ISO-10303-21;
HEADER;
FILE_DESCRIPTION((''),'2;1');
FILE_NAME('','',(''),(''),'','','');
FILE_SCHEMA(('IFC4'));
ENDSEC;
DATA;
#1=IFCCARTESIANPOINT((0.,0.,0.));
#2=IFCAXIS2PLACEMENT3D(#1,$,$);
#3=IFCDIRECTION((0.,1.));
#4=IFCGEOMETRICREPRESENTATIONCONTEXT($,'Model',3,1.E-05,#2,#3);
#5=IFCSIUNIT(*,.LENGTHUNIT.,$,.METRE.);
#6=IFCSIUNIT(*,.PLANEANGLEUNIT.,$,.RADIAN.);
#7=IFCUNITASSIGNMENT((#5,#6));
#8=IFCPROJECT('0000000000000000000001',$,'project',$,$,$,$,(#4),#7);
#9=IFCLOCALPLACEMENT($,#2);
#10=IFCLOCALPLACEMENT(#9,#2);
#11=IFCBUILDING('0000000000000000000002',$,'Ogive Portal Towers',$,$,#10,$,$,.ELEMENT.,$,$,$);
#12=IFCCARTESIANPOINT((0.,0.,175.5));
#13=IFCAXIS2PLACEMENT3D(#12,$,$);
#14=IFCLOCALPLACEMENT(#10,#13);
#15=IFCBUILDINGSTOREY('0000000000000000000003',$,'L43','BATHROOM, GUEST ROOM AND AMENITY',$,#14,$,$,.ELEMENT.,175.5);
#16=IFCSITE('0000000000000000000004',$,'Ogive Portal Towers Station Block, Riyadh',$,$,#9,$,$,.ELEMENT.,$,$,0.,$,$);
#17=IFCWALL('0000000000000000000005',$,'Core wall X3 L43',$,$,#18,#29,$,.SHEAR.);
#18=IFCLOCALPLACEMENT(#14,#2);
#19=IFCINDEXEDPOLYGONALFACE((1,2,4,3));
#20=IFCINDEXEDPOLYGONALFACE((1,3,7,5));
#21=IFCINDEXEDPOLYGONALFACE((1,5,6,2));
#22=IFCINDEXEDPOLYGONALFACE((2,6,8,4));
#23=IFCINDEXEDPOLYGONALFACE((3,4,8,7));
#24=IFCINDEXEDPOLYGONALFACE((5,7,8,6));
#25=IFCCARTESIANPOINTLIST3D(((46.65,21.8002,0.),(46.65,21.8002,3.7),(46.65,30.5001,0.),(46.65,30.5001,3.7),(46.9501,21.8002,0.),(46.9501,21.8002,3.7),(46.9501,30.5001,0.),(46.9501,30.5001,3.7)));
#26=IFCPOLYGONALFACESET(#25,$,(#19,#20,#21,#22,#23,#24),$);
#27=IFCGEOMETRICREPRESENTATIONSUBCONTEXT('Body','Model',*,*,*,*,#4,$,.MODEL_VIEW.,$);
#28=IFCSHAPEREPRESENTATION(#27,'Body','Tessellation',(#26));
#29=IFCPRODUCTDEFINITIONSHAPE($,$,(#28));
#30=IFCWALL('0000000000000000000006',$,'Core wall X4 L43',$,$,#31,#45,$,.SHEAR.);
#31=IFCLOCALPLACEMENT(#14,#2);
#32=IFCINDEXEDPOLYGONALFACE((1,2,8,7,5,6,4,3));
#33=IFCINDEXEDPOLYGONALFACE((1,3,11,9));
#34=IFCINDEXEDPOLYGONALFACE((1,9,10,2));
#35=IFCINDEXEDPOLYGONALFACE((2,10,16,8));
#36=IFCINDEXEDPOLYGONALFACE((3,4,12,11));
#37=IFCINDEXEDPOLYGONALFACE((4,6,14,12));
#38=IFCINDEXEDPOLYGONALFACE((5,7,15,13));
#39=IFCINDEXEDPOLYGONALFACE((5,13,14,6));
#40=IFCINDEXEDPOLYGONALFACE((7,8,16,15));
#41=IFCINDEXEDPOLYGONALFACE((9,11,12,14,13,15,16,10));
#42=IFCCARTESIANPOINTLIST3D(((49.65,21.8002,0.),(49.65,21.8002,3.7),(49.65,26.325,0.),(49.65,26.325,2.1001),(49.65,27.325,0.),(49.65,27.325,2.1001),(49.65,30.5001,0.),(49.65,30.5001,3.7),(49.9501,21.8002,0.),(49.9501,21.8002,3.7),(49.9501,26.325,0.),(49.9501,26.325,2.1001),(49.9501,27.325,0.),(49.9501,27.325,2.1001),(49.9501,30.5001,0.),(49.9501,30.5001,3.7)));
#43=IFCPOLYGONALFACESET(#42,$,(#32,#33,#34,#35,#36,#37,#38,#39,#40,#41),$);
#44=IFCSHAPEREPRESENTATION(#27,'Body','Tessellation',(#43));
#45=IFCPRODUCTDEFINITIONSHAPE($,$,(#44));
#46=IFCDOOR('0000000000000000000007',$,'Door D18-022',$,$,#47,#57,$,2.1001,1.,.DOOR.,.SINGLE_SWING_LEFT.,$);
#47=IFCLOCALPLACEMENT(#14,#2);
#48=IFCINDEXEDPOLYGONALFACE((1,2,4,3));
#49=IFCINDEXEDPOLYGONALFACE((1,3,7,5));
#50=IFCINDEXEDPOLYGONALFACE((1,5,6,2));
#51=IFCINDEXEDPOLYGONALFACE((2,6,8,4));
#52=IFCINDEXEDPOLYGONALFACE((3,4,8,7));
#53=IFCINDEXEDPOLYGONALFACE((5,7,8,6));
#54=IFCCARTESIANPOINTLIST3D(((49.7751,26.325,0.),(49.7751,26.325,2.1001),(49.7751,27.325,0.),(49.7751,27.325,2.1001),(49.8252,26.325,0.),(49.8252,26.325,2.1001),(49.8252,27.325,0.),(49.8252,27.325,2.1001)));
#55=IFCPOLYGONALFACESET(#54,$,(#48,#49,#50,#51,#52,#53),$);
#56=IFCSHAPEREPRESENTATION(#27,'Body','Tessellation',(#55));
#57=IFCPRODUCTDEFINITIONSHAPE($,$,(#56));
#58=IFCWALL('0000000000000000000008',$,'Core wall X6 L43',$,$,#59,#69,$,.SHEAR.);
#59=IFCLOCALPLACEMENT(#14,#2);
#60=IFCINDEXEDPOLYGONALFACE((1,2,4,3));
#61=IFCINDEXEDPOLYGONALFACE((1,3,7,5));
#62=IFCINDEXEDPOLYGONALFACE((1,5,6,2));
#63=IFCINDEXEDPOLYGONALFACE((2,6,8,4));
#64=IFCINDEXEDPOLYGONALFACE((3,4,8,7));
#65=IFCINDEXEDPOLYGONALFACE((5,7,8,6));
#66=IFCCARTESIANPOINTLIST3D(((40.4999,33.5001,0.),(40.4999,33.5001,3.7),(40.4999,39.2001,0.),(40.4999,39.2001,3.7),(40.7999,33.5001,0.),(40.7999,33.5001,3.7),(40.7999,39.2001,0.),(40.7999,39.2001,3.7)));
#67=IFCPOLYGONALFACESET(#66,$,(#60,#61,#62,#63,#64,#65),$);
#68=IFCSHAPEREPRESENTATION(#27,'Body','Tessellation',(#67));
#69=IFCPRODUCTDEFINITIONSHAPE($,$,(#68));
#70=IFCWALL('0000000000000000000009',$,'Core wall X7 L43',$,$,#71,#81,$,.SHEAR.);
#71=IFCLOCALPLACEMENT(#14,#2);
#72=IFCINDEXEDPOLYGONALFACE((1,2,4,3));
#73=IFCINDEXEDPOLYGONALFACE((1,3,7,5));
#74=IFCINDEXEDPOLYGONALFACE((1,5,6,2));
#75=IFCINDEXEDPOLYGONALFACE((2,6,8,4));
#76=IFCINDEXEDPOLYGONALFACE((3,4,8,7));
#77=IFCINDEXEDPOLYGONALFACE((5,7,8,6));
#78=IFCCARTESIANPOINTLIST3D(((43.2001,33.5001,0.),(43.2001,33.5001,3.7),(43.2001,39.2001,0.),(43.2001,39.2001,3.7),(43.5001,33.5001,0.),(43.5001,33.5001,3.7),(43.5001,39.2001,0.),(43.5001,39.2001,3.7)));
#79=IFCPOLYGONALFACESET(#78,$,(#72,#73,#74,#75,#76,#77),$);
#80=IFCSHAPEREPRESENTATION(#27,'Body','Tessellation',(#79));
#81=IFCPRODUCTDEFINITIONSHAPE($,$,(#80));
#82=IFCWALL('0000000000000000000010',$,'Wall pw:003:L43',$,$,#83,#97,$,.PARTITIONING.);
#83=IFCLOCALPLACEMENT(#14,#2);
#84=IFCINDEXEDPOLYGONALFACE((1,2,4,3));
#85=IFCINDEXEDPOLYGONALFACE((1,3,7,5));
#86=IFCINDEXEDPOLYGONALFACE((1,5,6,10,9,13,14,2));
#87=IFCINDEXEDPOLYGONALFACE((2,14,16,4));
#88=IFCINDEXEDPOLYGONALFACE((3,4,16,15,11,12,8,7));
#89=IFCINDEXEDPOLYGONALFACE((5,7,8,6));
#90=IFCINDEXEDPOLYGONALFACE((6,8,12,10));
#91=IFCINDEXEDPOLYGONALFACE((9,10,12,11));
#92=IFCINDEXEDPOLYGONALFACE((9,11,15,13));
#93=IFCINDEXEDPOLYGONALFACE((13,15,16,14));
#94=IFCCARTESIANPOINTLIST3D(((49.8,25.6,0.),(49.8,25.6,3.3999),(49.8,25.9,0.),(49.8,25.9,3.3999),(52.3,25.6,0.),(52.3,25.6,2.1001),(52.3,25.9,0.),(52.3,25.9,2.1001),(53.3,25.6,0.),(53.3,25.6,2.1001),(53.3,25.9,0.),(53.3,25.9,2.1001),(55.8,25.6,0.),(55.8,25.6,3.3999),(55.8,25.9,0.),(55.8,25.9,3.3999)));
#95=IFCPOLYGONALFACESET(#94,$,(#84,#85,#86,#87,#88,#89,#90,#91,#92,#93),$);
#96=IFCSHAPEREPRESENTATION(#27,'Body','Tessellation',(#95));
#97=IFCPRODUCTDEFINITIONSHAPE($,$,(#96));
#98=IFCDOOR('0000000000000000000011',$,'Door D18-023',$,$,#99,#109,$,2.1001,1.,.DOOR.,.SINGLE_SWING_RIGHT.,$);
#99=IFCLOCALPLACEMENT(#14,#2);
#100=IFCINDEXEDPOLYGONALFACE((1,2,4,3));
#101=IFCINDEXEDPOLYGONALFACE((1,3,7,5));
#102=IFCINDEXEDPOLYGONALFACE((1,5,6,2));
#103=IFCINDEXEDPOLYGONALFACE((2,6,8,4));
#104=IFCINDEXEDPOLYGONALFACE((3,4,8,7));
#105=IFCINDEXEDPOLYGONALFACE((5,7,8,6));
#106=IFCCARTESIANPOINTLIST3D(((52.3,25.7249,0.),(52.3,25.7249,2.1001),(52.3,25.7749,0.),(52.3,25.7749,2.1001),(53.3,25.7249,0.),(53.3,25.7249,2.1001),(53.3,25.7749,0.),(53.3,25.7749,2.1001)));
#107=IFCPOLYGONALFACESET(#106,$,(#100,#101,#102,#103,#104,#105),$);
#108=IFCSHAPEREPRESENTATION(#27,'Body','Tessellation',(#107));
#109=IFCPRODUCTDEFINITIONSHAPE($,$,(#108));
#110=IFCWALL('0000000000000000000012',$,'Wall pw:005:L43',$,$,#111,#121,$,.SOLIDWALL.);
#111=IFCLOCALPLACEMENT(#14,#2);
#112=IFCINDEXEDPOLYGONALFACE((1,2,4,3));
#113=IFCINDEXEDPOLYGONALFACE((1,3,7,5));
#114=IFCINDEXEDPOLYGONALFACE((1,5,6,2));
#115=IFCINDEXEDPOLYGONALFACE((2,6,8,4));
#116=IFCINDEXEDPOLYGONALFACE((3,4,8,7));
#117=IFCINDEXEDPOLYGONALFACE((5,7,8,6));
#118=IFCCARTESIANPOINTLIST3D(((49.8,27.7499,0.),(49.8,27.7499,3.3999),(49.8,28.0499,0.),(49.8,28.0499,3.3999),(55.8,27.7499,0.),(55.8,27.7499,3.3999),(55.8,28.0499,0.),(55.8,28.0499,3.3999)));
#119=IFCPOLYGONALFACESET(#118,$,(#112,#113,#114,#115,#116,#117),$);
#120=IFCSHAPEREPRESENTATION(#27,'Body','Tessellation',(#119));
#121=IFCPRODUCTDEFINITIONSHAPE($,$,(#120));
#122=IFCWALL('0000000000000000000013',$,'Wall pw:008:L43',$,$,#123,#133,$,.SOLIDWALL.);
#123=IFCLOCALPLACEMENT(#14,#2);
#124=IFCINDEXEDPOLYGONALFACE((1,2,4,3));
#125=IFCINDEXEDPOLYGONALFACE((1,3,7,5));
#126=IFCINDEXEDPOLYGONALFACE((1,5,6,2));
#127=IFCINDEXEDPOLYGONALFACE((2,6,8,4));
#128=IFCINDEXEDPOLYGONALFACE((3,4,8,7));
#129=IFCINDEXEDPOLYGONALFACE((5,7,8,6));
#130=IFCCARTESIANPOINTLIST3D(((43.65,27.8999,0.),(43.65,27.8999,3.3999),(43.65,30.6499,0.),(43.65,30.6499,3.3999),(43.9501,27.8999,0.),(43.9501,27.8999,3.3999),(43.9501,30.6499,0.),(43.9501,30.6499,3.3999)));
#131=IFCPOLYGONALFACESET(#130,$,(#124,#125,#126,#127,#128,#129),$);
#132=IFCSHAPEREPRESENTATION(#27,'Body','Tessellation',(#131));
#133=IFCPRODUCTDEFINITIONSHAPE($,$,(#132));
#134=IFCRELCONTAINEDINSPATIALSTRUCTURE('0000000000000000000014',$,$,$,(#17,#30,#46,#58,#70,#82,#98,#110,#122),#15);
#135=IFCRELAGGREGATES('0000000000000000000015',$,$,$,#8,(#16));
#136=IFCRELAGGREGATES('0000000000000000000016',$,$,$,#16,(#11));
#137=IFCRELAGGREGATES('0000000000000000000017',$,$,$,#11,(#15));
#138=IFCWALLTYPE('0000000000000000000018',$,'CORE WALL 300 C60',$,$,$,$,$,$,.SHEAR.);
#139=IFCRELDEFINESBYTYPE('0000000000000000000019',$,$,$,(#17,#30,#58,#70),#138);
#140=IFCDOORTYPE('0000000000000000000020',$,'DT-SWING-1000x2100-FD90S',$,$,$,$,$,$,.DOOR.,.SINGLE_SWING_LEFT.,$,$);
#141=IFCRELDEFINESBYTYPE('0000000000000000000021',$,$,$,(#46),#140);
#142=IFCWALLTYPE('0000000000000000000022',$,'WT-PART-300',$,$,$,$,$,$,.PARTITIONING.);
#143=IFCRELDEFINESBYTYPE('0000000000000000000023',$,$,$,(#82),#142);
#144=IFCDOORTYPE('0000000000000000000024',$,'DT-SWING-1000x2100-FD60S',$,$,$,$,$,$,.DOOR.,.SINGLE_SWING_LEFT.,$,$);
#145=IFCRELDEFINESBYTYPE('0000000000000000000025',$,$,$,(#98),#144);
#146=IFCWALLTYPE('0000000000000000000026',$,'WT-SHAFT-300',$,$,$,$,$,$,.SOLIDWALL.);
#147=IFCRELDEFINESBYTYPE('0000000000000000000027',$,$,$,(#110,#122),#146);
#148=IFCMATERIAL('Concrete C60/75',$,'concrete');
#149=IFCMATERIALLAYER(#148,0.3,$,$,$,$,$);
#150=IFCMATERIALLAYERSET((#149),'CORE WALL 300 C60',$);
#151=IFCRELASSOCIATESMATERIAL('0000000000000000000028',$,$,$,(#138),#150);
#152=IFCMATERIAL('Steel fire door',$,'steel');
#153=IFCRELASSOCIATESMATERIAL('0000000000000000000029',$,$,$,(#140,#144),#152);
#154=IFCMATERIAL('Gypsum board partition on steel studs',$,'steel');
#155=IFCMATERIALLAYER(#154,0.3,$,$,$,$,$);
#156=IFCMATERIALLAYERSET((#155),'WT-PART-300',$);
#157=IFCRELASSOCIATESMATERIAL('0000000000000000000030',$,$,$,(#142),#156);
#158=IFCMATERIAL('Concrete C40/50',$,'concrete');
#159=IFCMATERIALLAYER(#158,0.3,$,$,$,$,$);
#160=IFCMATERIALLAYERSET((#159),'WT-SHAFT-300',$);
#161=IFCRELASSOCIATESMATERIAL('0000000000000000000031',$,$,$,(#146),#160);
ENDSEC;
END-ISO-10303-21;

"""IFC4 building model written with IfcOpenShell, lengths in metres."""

from ifc_helpers import new_model, si_unit, direction, frame, frame_2d, origin, place, context, subcontext, project, spatial, rectangle, extrude, material, layer, layer_set, type_object, element, fill, save


model = new_model("IFC4")

# Units and contexts
model_context = context("Model", 3, precision=1e-05, world=origin(), true_north=direction((0.0, 1.0)))
body_context = subcontext(model_context, "Body", "Model", "MODEL_VIEW")
ifc_project = project(units=[si_unit("LENGTHUNIT", "METRE"), si_unit("PLANEANGLEUNIT", "RADIAN")], contexts=[model_context])

# Site, building, storey
site_placement = place(None, origin())
site = spatial("IfcSite", under=ifc_project, at=site_placement, Name="Ogive Portal Towers Station Block, Riyadh", CompositionType="ELEMENT", RefElevation=0.0)
building_placement = place(site_placement, origin())
building = spatial("IfcBuilding", under=site, at=building_placement, Name="Ogive Portal Towers", CompositionType="ELEMENT")
storey_placement = place(building_placement, frame((0.0, 0.0, 175.5)))
storey = spatial("IfcBuildingStorey", under=building, at=storey_placement, Name="L43", Description="BATHROOM, GUEST ROOM AND AMENITY", CompositionType="ELEMENT", Elevation=175.5)

# Wall
ifc_material_1 = material(Name="Concrete C60/75", Category="concrete")
ifc_layer_1 = layer(ifc_material_1, 0.3)
ifc_layer_set_1 = layer_set([ifc_layer_1], Name="CORE WALL 300 C60")
wall_type_1 = type_object("IfcWallType", Name="CORE WALL 300 C60", PredefinedType="SHEAR", material=ifc_layer_set_1)
wall_1_placement = place(storey_placement, frame((46.8, 21.8, 0.0), z_axis=(0.0, 0.0, 1.0), x_axis=(0.0, 1.0, 0.0)))
element("IfcWall", 1, at=wall_1_placement, inside=storey, type_object=wall_type_1, Name="Core wall X3 L43", PredefinedType="SHEAR", context=body_context, shape_type="SweptSolid", body=[
    extrude(rectangle(XDim=8.7, YDim=0.3, at=frame_2d((4.3501, 0.0))), origin(), (0.0, 0.0, 1.0), 3.7),
])

# Wall, opening, door
wall_2_placement = place(storey_placement, frame((49.8, 21.8, 0.0), z_axis=(0.0, 0.0, 1.0), x_axis=(0.0, 1.0, 0.0)))
wall_2 = element("IfcWall", 2, at=wall_2_placement, inside=storey, type_object=wall_type_1, Name="Core wall X4 L43", PredefinedType="SHEAR", context=body_context, shape_type="SweptSolid", body=[
    extrude(rectangle(XDim=8.7, YDim=0.3, at=frame_2d((4.3501, 0.0))), origin(), (0.0, 0.0, 1.0), 3.7),
])
opening_1_placement = place(wall_2_placement, frame((4.5249, 0.0, 0.0)))
opening_1 = element("IfcOpeningElement", 3, at=opening_1_placement, cuts=wall_2, PredefinedType="OPENING", context=body_context, shape_type="SweptSolid", body=[
    extrude(rectangle(XDim=1.0, YDim=2.1001, at=frame_2d((0.5, 1.05))), frame((0.0, 0.1602, 0.0), z_axis=(0.0, -1.0, 0.0), x_axis=(1.0, 0.0, 0.0)), (0.0, 0.0, 1.0), 0.3201),
])
ifc_material_2 = material(Name="Steel fire door", Category="steel")
door_type_1 = type_object("IfcDoorType", Name="DT-SWING-1000x2100-FD90S", OperationType="SINGLE_SWING_LEFT", PredefinedType="DOOR", material=ifc_material_2)
door_1_placement = place(opening_1_placement, origin())
door_1 = element("IfcDoor", 4, at=door_1_placement, inside=storey, type_object=door_type_1, Name="Door D18-022", OperationType="SINGLE_SWING_LEFT", OverallHeight=2.1001, OverallWidth=1.0, PredefinedType="DOOR", context=body_context, shape_type="SweptSolid", body=[
    extrude(rectangle(XDim=1.0, YDim=2.1001, at=frame_2d((0.5, 1.05))), frame((0.0, 0.0249, 0.0), z_axis=(0.0, -1.0, 0.0), x_axis=(1.0, 0.0, 0.0)), (0.0, 0.0, 1.0), 0.05),
])
fill(opening_1, door_1)

# Walls
for number, where, z_axis, x_axis, name in (
    (5, (40.6499, 33.5, 0.0), (0.0, 0.0, 1.0), (0.0, 1.0, 0.0), "Core wall X6 L43"),
    (6, (43.3501, 33.5, 0.0), (0.0, 0.0, 1.0), (0.0, 1.0, 0.0), "Core wall X7 L43"),
):
    element("IfcWall", number, at=place(storey_placement, frame(where, z_axis=z_axis, x_axis=x_axis)), inside=storey, type_object=wall_type_1, Name=name, PredefinedType="SHEAR", context=body_context, shape_type="SweptSolid", body=[
        extrude(rectangle(XDim=5.7, YDim=0.3, at=frame_2d((2.8501, 0.0))), origin(), (0.0, 0.0, 1.0), 3.7),
    ])

# Wall, opening, door
ifc_material_3 = material(Name="Gypsum board partition on steel studs", Category="steel")
ifc_layer_2 = layer(ifc_material_3, 0.3)
ifc_layer_set_2 = layer_set([ifc_layer_2], Name="WT-PART-300")
wall_type_2 = type_object("IfcWallType", Name="WT-PART-300", PredefinedType="PARTITIONING", material=ifc_layer_set_2)
wall_3_placement = place(storey_placement, frame((49.8, 25.75, 0.0), z_axis=(0.0, 0.0, 1.0), x_axis=(1.0, 0.0, 0.0)))
wall_3 = element("IfcWall", 7, at=wall_3_placement, inside=storey, type_object=wall_type_2, Name="Wall pw:003:L43", PredefinedType="PARTITIONING", context=body_context, shape_type="SweptSolid", body=[
    extrude(rectangle(XDim=6.0, YDim=0.3, at=frame_2d((3.0, 0.0))), origin(), (0.0, 0.0, 1.0), 3.3999),
])
opening_2_placement = place(wall_3_placement, frame((2.5, 0.0, 0.0)))
opening_2 = element("IfcOpeningElement", 8, at=opening_2_placement, cuts=wall_3, PredefinedType="OPENING", context=body_context, shape_type="SweptSolid", body=[
    extrude(rectangle(XDim=1.0, YDim=2.1001, at=frame_2d((0.5, 1.05))), frame((0.0, 0.1602, 0.0), z_axis=(0.0, -1.0, 0.0), x_axis=(1.0, 0.0, 0.0)), (0.0, 0.0, 1.0), 0.3201),
])
door_type_2 = type_object("IfcDoorType", Name="DT-SWING-1000x2100-FD60S", OperationType="SINGLE_SWING_LEFT", PredefinedType="DOOR", material=ifc_material_2)
door_2_placement = place(opening_2_placement, origin())
door_2 = element("IfcDoor", 9, at=door_2_placement, inside=storey, type_object=door_type_2, Name="Door D18-023", OperationType="SINGLE_SWING_RIGHT", OverallHeight=2.1001, OverallWidth=1.0, PredefinedType="DOOR", context=body_context, shape_type="SweptSolid", body=[
    extrude(rectangle(XDim=1.0, YDim=2.1001, at=frame_2d((0.5, 1.05))), frame((0.0, 0.0249, 0.0), z_axis=(0.0, -1.0, 0.0), x_axis=(1.0, 0.0, 0.0)), (0.0, 0.0, 1.0), 0.05),
])
fill(opening_2, door_2)

# Shared definitions
ifc_material_4 = material(Name="Concrete C40/50", Category="concrete")
ifc_layer_3 = layer(ifc_material_4, 0.3)
ifc_layer_set_3 = layer_set([ifc_layer_3], Name="WT-SHAFT-300")
wall_type_3 = type_object("IfcWallType", Name="WT-SHAFT-300", PredefinedType="SOLIDWALL", material=ifc_layer_set_3)

# Walls
wall_4_placement = place(storey_placement, frame((49.8, 27.8999, 0.0), z_axis=(0.0, 0.0, 1.0), x_axis=(1.0, 0.0, 0.0)))
element("IfcWall", 10, at=wall_4_placement, inside=storey, type_object=wall_type_3, Name="Wall pw:005:L43", PredefinedType="SOLIDWALL", context=body_context, shape_type="SweptSolid", body=[
    extrude(rectangle(XDim=6.0, YDim=0.3, at=frame_2d((3.0, 0.0))), origin(), (0.0, 0.0, 1.0), 3.3999),
])
wall_5_placement = place(storey_placement, frame((43.8, 27.8999, 0.0), z_axis=(0.0, 0.0, 1.0), x_axis=(0.0, 1.0, 0.0)))
element("IfcWall", 11, at=wall_5_placement, inside=storey, type_object=wall_type_3, Name="Wall pw:008:L43", PredefinedType="SOLIDWALL", context=body_context, shape_type="SweptSolid", body=[
    extrude(rectangle(XDim=2.75, YDim=0.3, at=frame_2d((1.375, 0.0))), origin(), (0.0, 0.0, 1.0), 3.3999),
])

save(model, "model.ifc")
